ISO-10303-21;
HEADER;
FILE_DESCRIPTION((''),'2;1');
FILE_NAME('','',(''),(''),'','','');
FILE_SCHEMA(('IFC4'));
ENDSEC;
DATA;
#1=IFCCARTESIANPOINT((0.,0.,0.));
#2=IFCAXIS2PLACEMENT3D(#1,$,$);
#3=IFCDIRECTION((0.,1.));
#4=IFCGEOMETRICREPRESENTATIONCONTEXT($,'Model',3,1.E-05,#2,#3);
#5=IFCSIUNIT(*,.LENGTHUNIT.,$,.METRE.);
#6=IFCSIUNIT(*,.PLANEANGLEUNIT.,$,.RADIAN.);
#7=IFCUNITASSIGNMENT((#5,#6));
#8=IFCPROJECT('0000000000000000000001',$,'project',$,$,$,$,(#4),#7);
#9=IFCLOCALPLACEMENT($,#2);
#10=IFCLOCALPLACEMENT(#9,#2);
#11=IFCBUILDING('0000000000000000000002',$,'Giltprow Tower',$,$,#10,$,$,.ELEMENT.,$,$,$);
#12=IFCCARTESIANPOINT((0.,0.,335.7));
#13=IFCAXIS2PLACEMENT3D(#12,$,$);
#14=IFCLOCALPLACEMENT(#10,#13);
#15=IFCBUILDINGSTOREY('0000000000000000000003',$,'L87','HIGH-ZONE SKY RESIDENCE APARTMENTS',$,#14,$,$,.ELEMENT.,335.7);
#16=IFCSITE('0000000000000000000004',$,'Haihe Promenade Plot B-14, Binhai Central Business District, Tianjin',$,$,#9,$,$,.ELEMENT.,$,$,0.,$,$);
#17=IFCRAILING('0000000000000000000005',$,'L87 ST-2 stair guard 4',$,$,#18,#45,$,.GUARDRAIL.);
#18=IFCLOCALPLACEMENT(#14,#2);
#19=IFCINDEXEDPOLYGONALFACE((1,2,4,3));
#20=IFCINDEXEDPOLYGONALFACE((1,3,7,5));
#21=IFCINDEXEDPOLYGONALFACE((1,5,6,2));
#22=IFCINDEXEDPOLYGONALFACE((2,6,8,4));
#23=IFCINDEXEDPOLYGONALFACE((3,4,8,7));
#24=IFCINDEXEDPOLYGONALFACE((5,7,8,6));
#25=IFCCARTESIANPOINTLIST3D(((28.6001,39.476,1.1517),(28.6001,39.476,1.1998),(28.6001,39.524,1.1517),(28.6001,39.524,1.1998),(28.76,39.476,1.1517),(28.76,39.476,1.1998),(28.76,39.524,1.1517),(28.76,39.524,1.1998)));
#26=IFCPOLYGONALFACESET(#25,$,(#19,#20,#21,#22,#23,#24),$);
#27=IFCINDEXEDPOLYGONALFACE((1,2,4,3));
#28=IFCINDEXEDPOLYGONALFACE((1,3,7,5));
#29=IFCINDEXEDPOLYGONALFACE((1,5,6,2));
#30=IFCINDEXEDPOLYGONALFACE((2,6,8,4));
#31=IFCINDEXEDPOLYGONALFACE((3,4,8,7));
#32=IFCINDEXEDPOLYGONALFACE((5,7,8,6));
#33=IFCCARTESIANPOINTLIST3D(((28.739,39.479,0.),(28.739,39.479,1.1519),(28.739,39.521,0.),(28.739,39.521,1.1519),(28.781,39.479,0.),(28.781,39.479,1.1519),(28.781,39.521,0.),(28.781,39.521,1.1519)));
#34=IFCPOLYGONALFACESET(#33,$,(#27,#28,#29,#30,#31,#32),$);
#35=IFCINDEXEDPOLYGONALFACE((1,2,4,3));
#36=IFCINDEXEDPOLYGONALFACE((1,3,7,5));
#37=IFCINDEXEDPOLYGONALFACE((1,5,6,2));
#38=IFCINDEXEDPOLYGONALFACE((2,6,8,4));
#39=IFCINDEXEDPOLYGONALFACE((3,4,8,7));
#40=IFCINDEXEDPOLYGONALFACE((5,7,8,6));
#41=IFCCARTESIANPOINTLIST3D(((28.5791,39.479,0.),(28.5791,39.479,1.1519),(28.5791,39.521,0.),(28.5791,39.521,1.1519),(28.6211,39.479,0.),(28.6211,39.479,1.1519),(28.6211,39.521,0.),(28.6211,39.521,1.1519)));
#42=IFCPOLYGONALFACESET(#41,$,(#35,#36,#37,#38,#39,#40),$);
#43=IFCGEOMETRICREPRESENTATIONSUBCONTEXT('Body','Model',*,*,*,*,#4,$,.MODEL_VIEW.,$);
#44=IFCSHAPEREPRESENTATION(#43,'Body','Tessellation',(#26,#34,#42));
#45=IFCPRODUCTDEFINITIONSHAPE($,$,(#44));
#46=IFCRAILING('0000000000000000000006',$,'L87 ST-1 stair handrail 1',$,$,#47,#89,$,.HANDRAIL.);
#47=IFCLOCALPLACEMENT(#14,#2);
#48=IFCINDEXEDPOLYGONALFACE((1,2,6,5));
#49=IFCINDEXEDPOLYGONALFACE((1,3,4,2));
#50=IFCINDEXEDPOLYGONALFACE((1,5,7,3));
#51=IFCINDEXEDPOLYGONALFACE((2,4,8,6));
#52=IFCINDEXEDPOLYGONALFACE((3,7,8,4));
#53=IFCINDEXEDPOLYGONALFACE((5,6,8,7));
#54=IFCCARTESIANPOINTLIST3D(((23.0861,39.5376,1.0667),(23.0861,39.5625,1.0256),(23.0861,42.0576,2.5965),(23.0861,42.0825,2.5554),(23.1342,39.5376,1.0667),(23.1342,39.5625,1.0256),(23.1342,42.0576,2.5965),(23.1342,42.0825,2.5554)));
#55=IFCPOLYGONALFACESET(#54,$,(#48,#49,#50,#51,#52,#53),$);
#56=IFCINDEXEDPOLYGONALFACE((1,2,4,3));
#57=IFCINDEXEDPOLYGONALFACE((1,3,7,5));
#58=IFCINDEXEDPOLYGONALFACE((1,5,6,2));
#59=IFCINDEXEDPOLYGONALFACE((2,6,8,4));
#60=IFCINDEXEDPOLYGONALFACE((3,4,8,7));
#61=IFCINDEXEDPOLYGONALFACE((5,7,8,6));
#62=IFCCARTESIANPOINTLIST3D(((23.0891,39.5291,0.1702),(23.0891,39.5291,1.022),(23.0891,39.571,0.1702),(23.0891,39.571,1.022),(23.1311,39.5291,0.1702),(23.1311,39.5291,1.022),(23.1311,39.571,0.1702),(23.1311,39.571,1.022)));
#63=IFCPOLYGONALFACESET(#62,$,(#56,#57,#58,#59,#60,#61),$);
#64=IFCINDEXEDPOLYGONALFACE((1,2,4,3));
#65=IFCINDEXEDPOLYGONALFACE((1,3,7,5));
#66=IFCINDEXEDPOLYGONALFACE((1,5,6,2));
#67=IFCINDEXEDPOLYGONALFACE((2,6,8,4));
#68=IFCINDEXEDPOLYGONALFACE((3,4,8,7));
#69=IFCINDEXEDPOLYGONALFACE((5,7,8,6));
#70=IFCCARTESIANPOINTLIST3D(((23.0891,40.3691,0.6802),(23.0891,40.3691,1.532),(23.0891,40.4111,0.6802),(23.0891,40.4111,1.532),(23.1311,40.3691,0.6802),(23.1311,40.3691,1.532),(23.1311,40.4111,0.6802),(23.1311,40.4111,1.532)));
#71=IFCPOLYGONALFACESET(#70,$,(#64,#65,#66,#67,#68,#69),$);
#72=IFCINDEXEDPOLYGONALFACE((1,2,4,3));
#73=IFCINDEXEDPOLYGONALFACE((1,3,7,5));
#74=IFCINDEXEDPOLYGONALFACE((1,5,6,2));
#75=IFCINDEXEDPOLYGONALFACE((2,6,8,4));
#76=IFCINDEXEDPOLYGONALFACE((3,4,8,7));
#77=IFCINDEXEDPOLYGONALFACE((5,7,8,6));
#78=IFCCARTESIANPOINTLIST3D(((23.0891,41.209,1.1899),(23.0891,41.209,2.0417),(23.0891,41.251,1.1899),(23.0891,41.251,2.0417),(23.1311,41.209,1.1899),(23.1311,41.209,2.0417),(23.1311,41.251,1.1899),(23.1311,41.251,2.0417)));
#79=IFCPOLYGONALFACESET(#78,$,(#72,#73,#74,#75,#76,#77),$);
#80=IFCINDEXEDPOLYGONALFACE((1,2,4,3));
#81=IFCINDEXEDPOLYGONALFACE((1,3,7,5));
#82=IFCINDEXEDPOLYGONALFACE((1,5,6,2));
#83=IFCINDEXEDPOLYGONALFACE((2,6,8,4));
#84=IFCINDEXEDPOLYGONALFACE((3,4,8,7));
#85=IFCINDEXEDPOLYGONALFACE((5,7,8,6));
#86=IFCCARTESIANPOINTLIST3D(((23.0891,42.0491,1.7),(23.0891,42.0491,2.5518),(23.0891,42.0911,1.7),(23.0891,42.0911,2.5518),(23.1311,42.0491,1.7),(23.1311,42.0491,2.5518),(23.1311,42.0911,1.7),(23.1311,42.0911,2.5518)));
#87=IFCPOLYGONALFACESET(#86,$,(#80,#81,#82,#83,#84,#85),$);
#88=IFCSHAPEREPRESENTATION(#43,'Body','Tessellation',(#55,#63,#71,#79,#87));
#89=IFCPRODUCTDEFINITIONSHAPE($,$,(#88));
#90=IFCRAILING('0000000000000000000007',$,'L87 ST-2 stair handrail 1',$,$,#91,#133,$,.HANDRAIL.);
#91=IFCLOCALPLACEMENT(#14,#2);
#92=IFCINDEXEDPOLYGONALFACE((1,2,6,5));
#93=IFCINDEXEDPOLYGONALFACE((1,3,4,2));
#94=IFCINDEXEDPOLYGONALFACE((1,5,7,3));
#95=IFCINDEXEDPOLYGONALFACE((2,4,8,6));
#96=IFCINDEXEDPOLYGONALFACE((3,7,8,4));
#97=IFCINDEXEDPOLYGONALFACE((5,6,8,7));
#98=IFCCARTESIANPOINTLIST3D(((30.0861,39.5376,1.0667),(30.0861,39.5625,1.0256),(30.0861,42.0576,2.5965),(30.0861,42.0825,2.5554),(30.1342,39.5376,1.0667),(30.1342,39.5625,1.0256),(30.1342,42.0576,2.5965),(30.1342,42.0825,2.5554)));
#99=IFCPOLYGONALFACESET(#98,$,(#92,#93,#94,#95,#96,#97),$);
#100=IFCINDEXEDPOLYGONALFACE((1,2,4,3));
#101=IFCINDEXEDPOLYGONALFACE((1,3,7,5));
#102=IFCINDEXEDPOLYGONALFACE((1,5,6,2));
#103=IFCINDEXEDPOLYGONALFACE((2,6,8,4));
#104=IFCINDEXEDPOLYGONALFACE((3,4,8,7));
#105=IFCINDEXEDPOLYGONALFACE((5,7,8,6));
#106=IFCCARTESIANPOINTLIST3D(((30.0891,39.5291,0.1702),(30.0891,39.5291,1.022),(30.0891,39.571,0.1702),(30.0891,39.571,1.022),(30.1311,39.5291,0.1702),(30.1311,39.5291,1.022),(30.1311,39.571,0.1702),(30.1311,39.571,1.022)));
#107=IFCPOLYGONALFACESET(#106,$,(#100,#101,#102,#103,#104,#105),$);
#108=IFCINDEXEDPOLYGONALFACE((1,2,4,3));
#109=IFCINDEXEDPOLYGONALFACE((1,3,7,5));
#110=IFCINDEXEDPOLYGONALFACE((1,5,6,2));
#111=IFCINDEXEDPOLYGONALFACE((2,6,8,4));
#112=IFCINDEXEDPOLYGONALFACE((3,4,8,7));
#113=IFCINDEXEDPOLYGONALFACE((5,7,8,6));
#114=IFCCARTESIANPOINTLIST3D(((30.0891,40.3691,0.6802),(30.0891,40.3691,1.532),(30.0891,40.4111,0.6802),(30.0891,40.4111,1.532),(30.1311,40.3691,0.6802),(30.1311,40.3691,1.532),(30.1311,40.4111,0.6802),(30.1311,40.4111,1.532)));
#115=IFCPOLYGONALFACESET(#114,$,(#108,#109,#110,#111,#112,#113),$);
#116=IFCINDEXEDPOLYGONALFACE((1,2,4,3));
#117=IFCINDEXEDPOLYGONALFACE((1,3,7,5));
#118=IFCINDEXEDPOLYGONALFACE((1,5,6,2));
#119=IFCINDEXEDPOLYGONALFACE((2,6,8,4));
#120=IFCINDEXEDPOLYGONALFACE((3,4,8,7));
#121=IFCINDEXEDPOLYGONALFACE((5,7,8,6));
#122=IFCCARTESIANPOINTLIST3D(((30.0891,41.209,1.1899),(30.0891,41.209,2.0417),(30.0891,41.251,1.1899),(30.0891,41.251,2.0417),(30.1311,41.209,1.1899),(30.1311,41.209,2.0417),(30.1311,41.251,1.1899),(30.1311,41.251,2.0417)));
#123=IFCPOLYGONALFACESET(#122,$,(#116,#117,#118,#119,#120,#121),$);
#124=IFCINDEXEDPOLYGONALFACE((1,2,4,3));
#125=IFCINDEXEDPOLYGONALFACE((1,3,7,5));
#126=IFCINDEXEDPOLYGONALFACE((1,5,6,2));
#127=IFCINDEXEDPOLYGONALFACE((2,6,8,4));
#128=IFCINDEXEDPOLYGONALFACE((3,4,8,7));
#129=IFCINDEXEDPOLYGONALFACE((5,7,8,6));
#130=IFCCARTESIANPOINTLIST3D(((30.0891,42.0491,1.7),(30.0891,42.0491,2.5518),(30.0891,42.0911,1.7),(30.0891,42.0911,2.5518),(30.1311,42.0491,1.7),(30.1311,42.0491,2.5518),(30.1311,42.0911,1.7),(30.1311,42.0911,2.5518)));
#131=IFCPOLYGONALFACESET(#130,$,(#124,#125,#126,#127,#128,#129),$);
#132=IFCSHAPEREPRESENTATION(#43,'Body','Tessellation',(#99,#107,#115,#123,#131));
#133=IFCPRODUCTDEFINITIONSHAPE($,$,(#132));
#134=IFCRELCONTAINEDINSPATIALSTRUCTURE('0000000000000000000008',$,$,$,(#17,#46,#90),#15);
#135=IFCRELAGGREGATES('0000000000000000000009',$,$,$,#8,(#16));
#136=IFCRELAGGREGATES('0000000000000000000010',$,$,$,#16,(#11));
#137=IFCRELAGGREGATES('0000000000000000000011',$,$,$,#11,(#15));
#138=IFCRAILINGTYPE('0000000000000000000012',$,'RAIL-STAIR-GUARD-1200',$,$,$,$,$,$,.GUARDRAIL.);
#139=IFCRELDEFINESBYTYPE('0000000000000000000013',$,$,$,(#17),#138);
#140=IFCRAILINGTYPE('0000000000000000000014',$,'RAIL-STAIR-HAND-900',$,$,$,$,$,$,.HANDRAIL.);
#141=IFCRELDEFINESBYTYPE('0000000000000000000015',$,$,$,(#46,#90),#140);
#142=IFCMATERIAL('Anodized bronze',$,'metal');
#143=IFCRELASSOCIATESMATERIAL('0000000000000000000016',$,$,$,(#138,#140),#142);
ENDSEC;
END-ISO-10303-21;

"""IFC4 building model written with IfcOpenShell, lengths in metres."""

from ifc_helpers import new_model, si_unit, direction, frame, origin, origin_2d, place, context, subcontext, project, spatial, rectangle, extrude, material, type_object, element, save


model = new_model("IFC4")

# Units and contexts
model_context = context("Model", 3, precision=1e-05, world=origin(), true_north=direction((0.0, 1.0)))
body_context = subcontext(model_context, "Body", "Model", "MODEL_VIEW")
ifc_project = project(units=[si_unit("LENGTHUNIT", "METRE"), si_unit("PLANEANGLEUNIT", "RADIAN")], contexts=[model_context])

# Site, building, storey
site_placement = place(None, origin())
site = spatial("IfcSite", under=ifc_project, at=site_placement, Name="Haihe Promenade Plot B-14, Binhai Central Business District, Tianjin", CompositionType="ELEMENT", RefElevation=0.0)
building_placement = place(site_placement, origin())
building = spatial("IfcBuilding", under=site, at=building_placement, Name="Giltprow Tower", CompositionType="ELEMENT")
storey_placement = place(building_placement, frame((0.0, 0.0, 335.7)))
storey = spatial("IfcBuildingStorey", under=building, at=storey_placement, Name="L87", Description="HIGH-ZONE SKY RESIDENCE APARTMENTS", CompositionType="ELEMENT", Elevation=335.7)

# Railings
ifc_material_1 = material(Name="Anodized bronze", Category="metal")
railing_type_1 = type_object("IfcRailingType", Name="RAIL-STAIR-GUARD-1200", PredefinedType="GUARDRAIL", material=ifc_material_1)
railing_1_placement = place(storey_placement, frame((28.76, 39.5, 0.0)))
element("IfcRailing", 1, at=railing_1_placement, inside=storey, type_object=railing_type_1, Name="L87 ST-2 stair guard 4", PredefinedType="GUARDRAIL", context=body_context, shape_type="SweptSolid", body=[
    extrude(rectangle(XDim=0.0481, YDim=0.0481, at=origin_2d()), frame((0.0, 0.0, 1.1758), z_axis=(-1.0, 0.0, 0.0), x_axis=(0.0, -1.0, 0.0)), (0.0, 0.0, 1.0), 0.1599),
    extrude(rectangle(XDim=0.042, YDim=0.042, at=origin_2d()), origin(), (0.0, 0.0, 1.0), 1.1519),
    extrude(rectangle(XDim=0.042, YDim=0.042, at=origin_2d()), frame((-0.1599, 0.0, 0.0)), (0.0, 0.0, 1.0), 1.1519),
])
railing_type_2 = type_object("IfcRailingType", Name="RAIL-STAIR-HAND-900", PredefinedType="HANDRAIL", material=ifc_material_1)
for number, where, name in (
    (2, (23.1101, 39.55, 0.1702), "L87 ST-1 stair handrail 1"),
    (3, (30.1101, 39.55, 0.1702), "L87 ST-2 stair handrail 1"),
):
    element("IfcRailing", number, at=place(storey_placement, frame(where)), inside=storey, type_object=railing_type_2, Name=name, PredefinedType="HANDRAIL", context=body_context, shape_type="SweptSolid", body=[
        extrude(rectangle(XDim=0.0481, YDim=0.0481, at=origin_2d()), frame((0.0, 0.0, 0.876), z_axis=(0.0, 0.854822, 0.518922), x_axis=(-1.0, 0.0, 0.0)), (0.0, 0.0, 1.0), 2.948),
        extrude(rectangle(XDim=0.042, YDim=0.042, at=origin_2d()), origin(), (0.0, 0.0, 1.0), 0.8518),
        extrude(rectangle(XDim=0.042, YDim=0.042, at=origin_2d()), frame((0.0, 0.8401, 0.51)), (0.0, 0.0, 1.0), 0.8518),
        extrude(rectangle(XDim=0.042, YDim=0.042, at=origin_2d()), frame((0.0, 1.6799, 1.0198)), (0.0, 0.0, 1.0), 0.8518),
        extrude(rectangle(XDim=0.042, YDim=0.042, at=origin_2d()), frame((0.0, 2.52, 1.5298)), (0.0, 0.0, 1.0), 0.8518),
    ])

save(model, "model.ifc")
